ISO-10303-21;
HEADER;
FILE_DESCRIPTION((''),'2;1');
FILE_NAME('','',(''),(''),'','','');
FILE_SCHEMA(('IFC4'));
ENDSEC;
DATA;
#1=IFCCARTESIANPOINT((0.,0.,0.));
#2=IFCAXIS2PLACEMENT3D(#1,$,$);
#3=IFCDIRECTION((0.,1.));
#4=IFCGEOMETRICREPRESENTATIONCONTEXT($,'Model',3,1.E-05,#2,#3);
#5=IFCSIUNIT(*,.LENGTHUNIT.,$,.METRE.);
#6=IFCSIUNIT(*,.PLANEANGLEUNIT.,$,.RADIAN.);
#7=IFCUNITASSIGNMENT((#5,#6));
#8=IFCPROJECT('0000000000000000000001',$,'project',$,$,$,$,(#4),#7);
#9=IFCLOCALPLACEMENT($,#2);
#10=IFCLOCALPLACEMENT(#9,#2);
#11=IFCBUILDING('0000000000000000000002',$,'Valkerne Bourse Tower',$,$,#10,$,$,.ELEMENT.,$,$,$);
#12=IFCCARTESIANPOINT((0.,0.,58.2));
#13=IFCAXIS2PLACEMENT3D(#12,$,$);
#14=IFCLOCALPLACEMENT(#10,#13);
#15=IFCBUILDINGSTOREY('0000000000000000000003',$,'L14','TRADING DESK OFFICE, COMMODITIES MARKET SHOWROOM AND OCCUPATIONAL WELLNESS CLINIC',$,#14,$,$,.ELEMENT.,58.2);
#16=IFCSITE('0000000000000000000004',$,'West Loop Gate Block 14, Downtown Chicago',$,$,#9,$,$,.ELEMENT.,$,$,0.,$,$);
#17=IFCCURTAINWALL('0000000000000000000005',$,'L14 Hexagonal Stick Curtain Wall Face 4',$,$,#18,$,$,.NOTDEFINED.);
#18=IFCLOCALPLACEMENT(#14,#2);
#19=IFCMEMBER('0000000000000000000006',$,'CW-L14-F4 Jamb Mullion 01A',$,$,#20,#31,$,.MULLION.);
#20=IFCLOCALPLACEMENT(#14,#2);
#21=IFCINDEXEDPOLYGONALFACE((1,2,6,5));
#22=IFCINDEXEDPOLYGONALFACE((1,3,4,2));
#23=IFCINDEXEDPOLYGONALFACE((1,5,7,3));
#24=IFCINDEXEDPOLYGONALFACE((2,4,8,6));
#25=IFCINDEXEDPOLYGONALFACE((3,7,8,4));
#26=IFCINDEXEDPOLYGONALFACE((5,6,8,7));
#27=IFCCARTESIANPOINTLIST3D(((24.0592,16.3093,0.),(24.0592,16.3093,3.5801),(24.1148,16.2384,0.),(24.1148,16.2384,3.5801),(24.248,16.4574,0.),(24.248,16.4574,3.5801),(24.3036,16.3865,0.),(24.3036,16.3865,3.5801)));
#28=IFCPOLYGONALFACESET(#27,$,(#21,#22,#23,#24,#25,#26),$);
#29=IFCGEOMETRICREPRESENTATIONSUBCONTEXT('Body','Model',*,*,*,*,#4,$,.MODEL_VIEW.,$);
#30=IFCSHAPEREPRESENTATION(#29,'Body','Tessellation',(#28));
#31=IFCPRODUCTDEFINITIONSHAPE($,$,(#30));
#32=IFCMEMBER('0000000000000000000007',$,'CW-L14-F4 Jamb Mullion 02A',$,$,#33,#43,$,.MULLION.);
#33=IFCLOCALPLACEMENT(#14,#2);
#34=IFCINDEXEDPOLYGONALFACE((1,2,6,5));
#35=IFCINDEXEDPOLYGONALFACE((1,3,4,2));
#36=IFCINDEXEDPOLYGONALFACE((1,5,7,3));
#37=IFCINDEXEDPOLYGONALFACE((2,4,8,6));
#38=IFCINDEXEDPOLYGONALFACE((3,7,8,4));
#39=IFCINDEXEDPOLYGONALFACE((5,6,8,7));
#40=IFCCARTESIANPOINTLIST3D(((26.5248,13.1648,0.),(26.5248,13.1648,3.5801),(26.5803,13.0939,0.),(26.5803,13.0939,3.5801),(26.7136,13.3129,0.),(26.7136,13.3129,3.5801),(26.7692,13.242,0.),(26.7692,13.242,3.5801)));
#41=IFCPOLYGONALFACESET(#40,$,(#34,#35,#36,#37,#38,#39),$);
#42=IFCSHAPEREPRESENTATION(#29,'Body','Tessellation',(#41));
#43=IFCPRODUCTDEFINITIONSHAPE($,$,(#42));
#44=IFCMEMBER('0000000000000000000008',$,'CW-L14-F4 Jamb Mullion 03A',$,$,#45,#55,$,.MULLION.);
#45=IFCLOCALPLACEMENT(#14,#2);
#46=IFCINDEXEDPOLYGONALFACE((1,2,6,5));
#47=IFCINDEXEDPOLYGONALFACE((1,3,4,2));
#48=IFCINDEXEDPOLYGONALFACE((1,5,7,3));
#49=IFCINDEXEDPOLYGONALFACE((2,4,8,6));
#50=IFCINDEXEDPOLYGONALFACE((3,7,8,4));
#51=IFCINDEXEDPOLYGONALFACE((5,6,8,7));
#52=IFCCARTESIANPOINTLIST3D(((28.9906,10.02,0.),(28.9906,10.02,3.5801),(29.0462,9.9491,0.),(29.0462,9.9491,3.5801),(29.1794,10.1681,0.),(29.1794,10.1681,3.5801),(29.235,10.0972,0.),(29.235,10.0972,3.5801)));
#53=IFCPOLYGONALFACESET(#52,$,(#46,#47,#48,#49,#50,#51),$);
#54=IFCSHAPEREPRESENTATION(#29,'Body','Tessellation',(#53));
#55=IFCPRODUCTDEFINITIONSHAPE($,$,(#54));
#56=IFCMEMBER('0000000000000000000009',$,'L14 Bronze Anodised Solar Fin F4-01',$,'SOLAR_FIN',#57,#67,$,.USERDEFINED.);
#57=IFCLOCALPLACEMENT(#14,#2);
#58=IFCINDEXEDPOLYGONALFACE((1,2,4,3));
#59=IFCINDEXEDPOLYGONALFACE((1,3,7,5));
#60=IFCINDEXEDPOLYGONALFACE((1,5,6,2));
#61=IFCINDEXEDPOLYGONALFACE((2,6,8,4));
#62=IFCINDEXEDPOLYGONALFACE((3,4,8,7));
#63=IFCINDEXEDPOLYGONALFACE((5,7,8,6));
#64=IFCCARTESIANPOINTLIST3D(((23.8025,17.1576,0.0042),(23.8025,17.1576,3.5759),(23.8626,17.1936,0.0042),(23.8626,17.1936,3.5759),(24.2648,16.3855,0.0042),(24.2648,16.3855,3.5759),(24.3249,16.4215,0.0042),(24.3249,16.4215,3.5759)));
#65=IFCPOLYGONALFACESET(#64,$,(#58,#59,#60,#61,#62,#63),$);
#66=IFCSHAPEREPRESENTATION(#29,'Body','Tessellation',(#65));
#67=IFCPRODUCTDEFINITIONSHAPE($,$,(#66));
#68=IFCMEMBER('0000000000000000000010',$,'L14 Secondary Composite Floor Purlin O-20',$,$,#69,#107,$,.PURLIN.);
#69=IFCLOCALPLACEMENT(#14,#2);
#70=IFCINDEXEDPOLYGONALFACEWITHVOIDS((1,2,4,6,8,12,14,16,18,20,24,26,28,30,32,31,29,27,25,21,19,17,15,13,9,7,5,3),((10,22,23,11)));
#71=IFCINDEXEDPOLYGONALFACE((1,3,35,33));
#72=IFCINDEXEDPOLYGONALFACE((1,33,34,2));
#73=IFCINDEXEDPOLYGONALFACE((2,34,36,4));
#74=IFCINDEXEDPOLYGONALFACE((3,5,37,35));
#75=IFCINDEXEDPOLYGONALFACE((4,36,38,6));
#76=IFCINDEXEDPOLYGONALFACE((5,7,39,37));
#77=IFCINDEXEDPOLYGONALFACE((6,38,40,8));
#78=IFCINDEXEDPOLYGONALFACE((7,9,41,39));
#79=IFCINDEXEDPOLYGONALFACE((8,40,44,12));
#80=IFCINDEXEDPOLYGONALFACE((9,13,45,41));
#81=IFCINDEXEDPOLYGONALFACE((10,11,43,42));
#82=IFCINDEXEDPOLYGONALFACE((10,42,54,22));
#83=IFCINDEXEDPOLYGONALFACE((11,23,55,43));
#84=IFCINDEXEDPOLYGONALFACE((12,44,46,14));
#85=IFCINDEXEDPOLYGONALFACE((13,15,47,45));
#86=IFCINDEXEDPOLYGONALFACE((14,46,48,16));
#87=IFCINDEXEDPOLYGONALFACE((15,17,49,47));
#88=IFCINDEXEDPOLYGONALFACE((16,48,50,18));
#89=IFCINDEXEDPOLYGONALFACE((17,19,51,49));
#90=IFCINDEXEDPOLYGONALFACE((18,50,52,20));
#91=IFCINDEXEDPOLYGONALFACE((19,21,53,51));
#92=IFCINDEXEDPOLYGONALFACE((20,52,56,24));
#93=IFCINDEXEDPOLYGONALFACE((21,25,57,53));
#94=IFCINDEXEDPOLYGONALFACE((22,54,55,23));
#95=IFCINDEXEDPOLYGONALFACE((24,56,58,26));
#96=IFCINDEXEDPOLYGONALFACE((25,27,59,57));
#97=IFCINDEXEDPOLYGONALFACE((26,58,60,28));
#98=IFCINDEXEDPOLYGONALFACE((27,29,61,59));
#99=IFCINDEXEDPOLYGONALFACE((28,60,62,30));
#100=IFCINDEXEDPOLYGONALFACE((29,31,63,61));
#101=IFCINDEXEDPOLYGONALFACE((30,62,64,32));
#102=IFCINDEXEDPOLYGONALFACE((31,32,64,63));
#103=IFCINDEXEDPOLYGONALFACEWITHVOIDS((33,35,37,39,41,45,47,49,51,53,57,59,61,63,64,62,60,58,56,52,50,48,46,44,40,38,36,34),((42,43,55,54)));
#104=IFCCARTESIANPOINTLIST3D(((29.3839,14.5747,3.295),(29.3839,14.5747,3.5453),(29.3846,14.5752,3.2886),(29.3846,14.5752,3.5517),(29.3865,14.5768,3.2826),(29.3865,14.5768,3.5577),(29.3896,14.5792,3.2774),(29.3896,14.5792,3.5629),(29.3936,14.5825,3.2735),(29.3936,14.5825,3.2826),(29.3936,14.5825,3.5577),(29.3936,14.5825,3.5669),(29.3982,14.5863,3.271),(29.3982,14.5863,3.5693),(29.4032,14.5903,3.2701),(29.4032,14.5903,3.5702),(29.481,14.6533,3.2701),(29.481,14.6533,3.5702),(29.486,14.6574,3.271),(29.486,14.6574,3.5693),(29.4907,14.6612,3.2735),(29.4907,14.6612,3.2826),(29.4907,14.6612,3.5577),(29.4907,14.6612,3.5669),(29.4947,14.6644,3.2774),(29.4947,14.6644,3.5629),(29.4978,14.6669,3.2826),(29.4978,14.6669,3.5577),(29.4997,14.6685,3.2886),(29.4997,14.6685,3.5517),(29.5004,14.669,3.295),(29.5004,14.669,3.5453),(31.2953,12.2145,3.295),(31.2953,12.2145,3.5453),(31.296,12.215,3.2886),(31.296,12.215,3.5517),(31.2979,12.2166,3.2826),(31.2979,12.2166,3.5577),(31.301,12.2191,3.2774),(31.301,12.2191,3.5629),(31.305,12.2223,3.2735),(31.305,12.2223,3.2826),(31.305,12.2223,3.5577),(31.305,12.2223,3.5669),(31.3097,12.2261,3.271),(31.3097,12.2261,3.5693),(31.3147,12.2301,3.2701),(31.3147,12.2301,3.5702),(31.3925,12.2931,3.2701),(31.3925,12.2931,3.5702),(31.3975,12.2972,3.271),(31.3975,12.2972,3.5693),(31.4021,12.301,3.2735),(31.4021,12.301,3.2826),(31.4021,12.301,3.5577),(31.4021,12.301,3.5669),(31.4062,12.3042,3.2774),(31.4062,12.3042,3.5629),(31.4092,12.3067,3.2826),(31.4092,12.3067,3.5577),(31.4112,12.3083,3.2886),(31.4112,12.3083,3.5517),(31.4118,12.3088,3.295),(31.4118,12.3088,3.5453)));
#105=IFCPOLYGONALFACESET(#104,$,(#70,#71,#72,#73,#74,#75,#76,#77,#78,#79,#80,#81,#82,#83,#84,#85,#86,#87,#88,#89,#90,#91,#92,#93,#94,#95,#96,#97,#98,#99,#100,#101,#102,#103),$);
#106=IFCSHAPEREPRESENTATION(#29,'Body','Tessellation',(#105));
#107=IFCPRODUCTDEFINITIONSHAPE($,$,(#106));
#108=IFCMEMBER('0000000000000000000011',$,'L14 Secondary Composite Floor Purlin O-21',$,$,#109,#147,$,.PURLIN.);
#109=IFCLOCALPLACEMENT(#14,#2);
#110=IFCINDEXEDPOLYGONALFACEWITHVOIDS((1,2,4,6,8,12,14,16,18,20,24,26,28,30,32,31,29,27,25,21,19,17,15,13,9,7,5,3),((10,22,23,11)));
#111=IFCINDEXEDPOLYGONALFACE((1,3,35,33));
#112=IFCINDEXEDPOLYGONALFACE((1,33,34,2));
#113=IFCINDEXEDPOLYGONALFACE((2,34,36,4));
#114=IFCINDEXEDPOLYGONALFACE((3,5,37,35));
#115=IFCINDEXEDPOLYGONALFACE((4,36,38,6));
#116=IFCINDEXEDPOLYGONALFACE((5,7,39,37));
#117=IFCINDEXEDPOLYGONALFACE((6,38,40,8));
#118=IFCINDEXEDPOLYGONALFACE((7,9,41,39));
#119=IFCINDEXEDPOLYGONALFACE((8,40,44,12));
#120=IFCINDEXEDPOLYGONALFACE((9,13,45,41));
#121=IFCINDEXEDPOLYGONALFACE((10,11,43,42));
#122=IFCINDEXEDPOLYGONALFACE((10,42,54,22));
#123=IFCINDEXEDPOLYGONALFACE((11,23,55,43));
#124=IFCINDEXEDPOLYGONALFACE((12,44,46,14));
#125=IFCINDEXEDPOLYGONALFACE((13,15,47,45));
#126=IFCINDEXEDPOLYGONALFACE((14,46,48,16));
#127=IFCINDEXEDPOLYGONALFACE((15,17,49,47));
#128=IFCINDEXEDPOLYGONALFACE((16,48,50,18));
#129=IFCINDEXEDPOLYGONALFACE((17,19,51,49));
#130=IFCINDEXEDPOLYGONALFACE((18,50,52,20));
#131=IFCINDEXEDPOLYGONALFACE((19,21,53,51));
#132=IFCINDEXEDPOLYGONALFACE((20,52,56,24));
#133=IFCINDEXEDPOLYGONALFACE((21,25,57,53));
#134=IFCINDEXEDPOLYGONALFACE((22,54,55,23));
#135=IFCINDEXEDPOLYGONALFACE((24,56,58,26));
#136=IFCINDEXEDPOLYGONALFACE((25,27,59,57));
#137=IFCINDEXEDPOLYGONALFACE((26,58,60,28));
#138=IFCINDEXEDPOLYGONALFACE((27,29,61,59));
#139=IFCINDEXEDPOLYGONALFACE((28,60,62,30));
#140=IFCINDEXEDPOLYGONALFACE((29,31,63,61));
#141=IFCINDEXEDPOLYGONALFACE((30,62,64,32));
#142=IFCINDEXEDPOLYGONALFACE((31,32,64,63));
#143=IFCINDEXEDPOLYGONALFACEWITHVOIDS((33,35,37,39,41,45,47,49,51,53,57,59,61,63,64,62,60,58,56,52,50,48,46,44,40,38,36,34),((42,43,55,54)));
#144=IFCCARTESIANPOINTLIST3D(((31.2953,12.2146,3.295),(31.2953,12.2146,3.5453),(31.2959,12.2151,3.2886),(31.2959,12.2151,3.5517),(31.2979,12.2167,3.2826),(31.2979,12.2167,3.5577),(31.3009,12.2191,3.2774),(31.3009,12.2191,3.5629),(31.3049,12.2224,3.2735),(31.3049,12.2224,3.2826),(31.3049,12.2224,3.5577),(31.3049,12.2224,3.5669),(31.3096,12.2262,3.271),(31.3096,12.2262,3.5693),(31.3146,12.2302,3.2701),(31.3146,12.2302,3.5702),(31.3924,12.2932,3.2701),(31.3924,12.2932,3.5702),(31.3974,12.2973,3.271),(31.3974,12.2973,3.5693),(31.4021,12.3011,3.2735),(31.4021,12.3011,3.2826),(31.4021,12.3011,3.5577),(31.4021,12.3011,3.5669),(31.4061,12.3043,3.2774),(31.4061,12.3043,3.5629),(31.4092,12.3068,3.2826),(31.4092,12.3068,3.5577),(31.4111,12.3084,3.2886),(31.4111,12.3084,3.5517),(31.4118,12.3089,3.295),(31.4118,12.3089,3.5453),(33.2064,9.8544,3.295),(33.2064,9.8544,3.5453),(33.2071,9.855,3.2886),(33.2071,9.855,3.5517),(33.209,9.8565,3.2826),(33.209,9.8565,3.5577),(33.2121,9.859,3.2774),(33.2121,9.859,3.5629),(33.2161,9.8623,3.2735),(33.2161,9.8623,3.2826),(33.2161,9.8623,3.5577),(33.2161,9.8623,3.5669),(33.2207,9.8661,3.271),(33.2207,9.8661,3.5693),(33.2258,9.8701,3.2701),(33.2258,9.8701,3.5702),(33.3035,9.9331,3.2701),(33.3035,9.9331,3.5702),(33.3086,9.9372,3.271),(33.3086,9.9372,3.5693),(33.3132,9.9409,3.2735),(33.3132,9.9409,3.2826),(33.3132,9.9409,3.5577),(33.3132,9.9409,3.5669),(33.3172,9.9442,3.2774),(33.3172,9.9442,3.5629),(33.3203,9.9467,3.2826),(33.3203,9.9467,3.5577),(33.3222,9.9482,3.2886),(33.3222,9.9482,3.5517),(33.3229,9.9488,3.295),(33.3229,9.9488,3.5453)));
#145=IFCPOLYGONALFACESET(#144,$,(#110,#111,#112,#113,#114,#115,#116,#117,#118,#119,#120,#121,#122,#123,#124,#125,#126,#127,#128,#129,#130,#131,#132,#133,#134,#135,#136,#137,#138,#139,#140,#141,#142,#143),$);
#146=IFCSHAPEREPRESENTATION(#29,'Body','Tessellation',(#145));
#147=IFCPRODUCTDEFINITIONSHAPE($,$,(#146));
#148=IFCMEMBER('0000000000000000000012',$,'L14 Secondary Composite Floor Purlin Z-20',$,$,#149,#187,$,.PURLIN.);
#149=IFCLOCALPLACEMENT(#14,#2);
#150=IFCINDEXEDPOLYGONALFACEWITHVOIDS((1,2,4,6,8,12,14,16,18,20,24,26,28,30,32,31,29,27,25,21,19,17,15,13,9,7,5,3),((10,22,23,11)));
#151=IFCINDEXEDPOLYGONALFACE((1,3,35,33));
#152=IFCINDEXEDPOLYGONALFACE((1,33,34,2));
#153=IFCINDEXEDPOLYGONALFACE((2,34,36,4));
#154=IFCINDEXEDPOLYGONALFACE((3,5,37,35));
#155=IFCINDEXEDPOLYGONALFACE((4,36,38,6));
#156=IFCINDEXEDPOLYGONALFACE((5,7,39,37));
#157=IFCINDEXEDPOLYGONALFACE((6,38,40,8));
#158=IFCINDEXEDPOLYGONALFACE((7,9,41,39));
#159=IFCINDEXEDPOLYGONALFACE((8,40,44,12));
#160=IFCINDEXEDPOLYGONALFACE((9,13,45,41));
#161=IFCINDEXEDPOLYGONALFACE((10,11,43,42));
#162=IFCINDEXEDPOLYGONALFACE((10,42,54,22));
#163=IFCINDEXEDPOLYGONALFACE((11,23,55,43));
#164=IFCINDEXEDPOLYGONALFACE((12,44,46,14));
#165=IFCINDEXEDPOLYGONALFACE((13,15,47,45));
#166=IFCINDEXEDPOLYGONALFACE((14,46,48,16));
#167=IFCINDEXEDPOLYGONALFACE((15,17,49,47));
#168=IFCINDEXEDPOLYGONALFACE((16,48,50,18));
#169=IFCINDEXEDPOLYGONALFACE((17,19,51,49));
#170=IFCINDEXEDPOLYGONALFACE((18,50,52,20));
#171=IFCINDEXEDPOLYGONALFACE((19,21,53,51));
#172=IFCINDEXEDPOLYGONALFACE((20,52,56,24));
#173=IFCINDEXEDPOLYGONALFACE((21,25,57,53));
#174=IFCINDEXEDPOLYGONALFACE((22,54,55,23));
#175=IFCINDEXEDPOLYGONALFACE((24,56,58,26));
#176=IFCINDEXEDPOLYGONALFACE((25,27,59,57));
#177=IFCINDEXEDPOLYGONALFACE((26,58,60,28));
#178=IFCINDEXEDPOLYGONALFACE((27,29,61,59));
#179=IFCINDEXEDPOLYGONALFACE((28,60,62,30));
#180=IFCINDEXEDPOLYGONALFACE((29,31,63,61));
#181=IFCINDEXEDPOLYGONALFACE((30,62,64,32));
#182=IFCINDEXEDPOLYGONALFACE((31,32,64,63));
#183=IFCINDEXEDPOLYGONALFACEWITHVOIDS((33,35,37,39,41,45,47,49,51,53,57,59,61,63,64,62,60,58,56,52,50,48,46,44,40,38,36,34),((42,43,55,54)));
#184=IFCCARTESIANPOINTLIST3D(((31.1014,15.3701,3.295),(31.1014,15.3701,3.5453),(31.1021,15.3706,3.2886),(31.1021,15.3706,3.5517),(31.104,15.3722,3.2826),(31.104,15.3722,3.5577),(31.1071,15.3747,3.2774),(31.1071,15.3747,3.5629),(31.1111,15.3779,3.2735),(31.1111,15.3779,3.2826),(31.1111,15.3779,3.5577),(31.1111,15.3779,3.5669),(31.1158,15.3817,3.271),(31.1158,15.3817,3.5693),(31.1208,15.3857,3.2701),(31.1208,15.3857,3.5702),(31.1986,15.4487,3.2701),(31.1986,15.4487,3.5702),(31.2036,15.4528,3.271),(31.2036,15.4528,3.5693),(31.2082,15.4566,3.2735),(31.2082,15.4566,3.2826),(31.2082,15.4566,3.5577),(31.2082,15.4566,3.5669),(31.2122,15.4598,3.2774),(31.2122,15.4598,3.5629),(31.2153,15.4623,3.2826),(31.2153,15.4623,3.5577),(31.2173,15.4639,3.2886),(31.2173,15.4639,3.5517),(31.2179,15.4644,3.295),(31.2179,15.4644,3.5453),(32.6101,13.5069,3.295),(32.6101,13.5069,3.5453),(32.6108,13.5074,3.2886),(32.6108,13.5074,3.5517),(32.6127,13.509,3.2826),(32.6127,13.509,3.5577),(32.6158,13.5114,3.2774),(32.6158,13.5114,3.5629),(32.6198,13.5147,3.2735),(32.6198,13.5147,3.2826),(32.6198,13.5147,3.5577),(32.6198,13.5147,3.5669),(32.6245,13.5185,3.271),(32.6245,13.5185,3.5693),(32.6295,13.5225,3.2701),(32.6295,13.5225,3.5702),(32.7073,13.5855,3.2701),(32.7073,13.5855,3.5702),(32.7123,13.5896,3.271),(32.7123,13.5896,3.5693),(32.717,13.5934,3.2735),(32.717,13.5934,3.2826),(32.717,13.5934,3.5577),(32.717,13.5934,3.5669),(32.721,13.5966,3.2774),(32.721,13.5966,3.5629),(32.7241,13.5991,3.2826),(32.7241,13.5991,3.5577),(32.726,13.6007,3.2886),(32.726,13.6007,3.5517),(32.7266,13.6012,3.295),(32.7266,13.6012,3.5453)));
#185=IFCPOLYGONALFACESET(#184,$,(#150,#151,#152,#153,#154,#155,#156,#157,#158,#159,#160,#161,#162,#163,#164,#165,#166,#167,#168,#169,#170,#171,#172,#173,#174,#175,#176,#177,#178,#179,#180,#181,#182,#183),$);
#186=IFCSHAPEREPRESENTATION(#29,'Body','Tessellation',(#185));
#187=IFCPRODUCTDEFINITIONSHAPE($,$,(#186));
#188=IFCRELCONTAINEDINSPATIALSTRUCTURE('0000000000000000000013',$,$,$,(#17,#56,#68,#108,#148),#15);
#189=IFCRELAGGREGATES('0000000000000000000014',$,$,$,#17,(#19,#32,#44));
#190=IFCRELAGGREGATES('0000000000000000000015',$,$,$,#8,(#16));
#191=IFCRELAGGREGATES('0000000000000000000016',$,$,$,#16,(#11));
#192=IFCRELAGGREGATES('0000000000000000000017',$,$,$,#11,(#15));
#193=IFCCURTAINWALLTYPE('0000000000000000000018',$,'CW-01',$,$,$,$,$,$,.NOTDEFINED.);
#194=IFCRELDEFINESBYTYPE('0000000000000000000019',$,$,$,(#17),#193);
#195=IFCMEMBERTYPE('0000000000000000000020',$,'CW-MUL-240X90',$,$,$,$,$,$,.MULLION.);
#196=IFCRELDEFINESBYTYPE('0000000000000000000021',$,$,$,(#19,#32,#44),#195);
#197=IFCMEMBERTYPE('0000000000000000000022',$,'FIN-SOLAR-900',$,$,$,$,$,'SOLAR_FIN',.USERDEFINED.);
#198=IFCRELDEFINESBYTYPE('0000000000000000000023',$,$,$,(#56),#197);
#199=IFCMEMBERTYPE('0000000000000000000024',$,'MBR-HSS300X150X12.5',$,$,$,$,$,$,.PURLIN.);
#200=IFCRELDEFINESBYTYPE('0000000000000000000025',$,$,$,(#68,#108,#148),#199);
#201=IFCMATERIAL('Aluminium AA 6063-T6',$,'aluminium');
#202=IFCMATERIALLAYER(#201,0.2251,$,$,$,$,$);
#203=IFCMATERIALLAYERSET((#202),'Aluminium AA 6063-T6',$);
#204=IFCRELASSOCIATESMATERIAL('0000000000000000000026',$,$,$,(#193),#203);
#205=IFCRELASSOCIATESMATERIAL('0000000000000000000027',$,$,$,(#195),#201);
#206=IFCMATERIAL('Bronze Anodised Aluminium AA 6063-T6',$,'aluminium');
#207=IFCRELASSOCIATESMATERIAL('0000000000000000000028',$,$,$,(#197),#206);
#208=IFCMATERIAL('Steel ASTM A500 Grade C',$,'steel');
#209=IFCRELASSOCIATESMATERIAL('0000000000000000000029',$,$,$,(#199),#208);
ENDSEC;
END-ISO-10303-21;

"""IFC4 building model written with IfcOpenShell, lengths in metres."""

from ifc_helpers import new_model, si_unit, direction, frame, origin, origin_2d, place, context, subcontext, project, spatial, rectangle, hollow_rectangle, extrude, material, layer, layer_set, material_profile, profile_set, type_object, element, aggregate, save


model = new_model("IFC4")

# Units and contexts
model_context = context("Model", 3, precision=1e-05, world=origin(), true_north=direction((0.0, 1.0)))
body_context = subcontext(model_context, "Body", "Model", "MODEL_VIEW")
ifc_project = project(units=[si_unit("LENGTHUNIT", "METRE"), si_unit("PLANEANGLEUNIT", "RADIAN")], contexts=[model_context])

# Site, building, storey
site_placement = place(None, origin())
site = spatial("IfcSite", under=ifc_project, at=site_placement, Name="West Loop Gate Block 14, Downtown Chicago", CompositionType="ELEMENT", RefElevation=0.0)
building_placement = place(site_placement, origin())
building = spatial("IfcBuilding", under=site, at=building_placement, Name="Valkerne Bourse Tower", CompositionType="ELEMENT")
storey_placement = place(building_placement, frame((0.0, 0.0, 58.2)))
storey = spatial("IfcBuildingStorey", under=building, at=storey_placement, Name="L14", Description="TRADING DESK OFFICE, COMMODITIES MARKET SHOWROOM AND OCCUPATIONAL WELLNESS CLINIC", CompositionType="ELEMENT", Elevation=58.2)

# Curtain wall, members
ifc_material_1 = material(Name="Aluminium AA 6063-T6", Category="aluminium")
ifc_layer_1 = layer(ifc_material_1, 0.2251)
ifc_layer_set_1 = layer_set([ifc_layer_1], Name="Aluminium AA 6063-T6")
curtain_wall_type = type_object("IfcCurtainWallType", Name="CW-01", PredefinedType="NOTDEFINED", material=ifc_layer_set_1)
curtain_wall_placement = place(storey_placement, origin())
curtain_wall = element("IfcCurtainWall", 1, at=curtain_wall_placement, inside=storey, type_object=curtain_wall_type, Name="L14 Hexagonal Stick Curtain Wall Face 4", PredefinedType="NOTDEFINED")
ifc_material_profile_1 = material_profile(ifc_material_1, rectangle(XDim=0.0901, YDim=0.24, at=origin_2d()), Name="CWM-90X240")
ifc_profile_set_1 = profile_set([ifc_material_profile_1], Name="Aluminium AA 6063-T6")
member_type_1 = type_object("IfcMemberType", Name="CW-MUL-240X90", PredefinedType="MULLION", material=ifc_profile_set_1)
member_1_placement = place(storey_placement, frame((24.1814, 16.3479, 0.0), z_axis=(0.0, 0.0, 1.0), x_axis=(0.617039, -0.786933, 0.0)))
member_1 = element("IfcMember", 2, at=member_1_placement, type_object=member_type_1, Name="CW-L14-F4 Jamb Mullion 01A", PredefinedType="MULLION", context=body_context, shape_type="SweptSolid", body=[
    extrude(rectangle(XDim=0.0901, YDim=0.24, at=origin_2d()), origin(), (0.0, 0.0, 1.0), 3.5801),
])
member_2_placement = place(storey_placement, frame((26.647, 13.2034, 0.0), z_axis=(0.0, 0.0, 1.0), x_axis=(0.617039, -0.786933, 0.0)))
member_2 = element("IfcMember", 3, at=member_2_placement, type_object=member_type_1, Name="CW-L14-F4 Jamb Mullion 02A", PredefinedType="MULLION", context=body_context, shape_type="SweptSolid", body=[
    extrude(rectangle(XDim=0.0901, YDim=0.24, at=origin_2d()), origin(), (0.0, 0.0, 1.0), 3.5801),
])
member_3_placement = place(storey_placement, frame((29.1128, 10.0586, 0.0), z_axis=(0.0, 0.0, 1.0), x_axis=(0.617023, -0.786945, 0.0)))
member_3 = element("IfcMember", 4, at=member_3_placement, type_object=member_type_1, Name="CW-L14-F4 Jamb Mullion 03A", PredefinedType="MULLION", context=body_context, shape_type="SweptSolid", body=[
    extrude(rectangle(XDim=0.0901, YDim=0.24, at=origin_2d()), origin(), (0.0, 0.0, 1.0), 3.5801),
])

# Members
ifc_material_2 = material(Name="Bronze Anodised Aluminium AA 6063-T6", Category="aluminium")
ifc_material_profile_2 = material_profile(ifc_material_2, rectangle(XDim=0.0701, YDim=0.8999, at=origin_2d()), Name="FIN-70X900")
ifc_profile_set_2 = profile_set([ifc_material_profile_2], Name="Bronze Anodised Aluminium AA 6063-T6")
member_type_2 = type_object("IfcMemberType", Name="FIN-SOLAR-900", ElementType="SOLAR_FIN", PredefinedType="USERDEFINED", material=ifc_profile_set_2)
member_4_placement = place(storey_placement, frame((24.0637, 16.7896, 0.0042), z_axis=(0.0, 0.0, 1.0), x_axis=(-0.857969, -0.513701, 0.0)))
element("IfcMember", 5, at=member_4_placement, inside=storey, type_object=member_type_2, Name="L14 Bronze Anodised Solar Fin F4-01", ObjectType="SOLAR_FIN", PredefinedType="USERDEFINED", context=body_context, shape_type="SweptSolid", body=[
    extrude(rectangle(XDim=0.0701, YDim=0.8999, at=origin_2d()), origin(), (0.0, 0.0, 1.0), 3.5718),
])
ifc_material_3 = material(Name="Steel ASTM A500 Grade C", Category="steel")
ifc_material_profile_3 = material_profile(ifc_material_3, hollow_rectangle(XDim=0.1499, YDim=0.3, WallThickness=0.0125, OuterFilletRadius=0.0249, at=origin_2d()), Name="HSS300X150X12.5")
ifc_profile_set_3 = profile_set([ifc_material_profile_3], Name="Steel ASTM A500 Grade C")
member_type_3 = type_object("IfcMemberType", Name="MBR-HSS300X150X12.5", PredefinedType="PURLIN", material=ifc_profile_set_3)
member_5_placement = place(storey_placement, frame((29.4421, 14.6218, 3.4202), z_axis=(0.62936, -0.777114, 0.0), x_axis=(0.777114, 0.62936, 0.0)))
element("IfcMember", 6, at=member_5_placement, inside=storey, type_object=member_type_3, Name="L14 Secondary Composite Floor Purlin O-20", PredefinedType="PURLIN", context=body_context, shape_type="SweptSolid", body=[
    extrude(hollow_rectangle(XDim=0.1499, YDim=0.3, WallThickness=0.0125, OuterFilletRadius=0.0249, at=origin_2d()), origin(), (0.0, 0.0, 1.0), 3.0371),
])
member_6_placement = place(storey_placement, frame((31.3535, 12.2617, 3.4202), z_axis=(0.629312, -0.777153, 0.0), x_axis=(0.777153, 0.629312, 0.0)))
element("IfcMember", 7, at=member_6_placement, inside=storey, type_object=member_type_3, Name="L14 Secondary Composite Floor Purlin O-21", PredefinedType="PURLIN", context=body_context, shape_type="SweptSolid", body=[
    extrude(hollow_rectangle(XDim=0.1499, YDim=0.3, WallThickness=0.0125, OuterFilletRadius=0.0249, at=origin_2d()), origin(), (0.0, 0.0, 1.0), 3.0369),
])
member_7_placement = place(storey_placement, frame((31.1597, 15.4172, 3.4202), z_axis=(0.629304, -0.777159, 0.0), x_axis=(0.777159, 0.629304, 0.0)))
element("IfcMember", 8, at=member_7_placement, inside=storey, type_object=member_type_3, Name="L14 Secondary Composite Floor Purlin Z-20", PredefinedType="PURLIN", context=body_context, shape_type="SweptSolid", body=[
    extrude(hollow_rectangle(XDim=0.1499, YDim=0.3, WallThickness=0.0125, OuterFilletRadius=0.0249, at=origin_2d()), origin(), (0.0, 0.0, 1.0), 2.3975),
])

aggregate(curtain_wall, [member_1, member_2, member_3])

save(model, "model.ifc")
